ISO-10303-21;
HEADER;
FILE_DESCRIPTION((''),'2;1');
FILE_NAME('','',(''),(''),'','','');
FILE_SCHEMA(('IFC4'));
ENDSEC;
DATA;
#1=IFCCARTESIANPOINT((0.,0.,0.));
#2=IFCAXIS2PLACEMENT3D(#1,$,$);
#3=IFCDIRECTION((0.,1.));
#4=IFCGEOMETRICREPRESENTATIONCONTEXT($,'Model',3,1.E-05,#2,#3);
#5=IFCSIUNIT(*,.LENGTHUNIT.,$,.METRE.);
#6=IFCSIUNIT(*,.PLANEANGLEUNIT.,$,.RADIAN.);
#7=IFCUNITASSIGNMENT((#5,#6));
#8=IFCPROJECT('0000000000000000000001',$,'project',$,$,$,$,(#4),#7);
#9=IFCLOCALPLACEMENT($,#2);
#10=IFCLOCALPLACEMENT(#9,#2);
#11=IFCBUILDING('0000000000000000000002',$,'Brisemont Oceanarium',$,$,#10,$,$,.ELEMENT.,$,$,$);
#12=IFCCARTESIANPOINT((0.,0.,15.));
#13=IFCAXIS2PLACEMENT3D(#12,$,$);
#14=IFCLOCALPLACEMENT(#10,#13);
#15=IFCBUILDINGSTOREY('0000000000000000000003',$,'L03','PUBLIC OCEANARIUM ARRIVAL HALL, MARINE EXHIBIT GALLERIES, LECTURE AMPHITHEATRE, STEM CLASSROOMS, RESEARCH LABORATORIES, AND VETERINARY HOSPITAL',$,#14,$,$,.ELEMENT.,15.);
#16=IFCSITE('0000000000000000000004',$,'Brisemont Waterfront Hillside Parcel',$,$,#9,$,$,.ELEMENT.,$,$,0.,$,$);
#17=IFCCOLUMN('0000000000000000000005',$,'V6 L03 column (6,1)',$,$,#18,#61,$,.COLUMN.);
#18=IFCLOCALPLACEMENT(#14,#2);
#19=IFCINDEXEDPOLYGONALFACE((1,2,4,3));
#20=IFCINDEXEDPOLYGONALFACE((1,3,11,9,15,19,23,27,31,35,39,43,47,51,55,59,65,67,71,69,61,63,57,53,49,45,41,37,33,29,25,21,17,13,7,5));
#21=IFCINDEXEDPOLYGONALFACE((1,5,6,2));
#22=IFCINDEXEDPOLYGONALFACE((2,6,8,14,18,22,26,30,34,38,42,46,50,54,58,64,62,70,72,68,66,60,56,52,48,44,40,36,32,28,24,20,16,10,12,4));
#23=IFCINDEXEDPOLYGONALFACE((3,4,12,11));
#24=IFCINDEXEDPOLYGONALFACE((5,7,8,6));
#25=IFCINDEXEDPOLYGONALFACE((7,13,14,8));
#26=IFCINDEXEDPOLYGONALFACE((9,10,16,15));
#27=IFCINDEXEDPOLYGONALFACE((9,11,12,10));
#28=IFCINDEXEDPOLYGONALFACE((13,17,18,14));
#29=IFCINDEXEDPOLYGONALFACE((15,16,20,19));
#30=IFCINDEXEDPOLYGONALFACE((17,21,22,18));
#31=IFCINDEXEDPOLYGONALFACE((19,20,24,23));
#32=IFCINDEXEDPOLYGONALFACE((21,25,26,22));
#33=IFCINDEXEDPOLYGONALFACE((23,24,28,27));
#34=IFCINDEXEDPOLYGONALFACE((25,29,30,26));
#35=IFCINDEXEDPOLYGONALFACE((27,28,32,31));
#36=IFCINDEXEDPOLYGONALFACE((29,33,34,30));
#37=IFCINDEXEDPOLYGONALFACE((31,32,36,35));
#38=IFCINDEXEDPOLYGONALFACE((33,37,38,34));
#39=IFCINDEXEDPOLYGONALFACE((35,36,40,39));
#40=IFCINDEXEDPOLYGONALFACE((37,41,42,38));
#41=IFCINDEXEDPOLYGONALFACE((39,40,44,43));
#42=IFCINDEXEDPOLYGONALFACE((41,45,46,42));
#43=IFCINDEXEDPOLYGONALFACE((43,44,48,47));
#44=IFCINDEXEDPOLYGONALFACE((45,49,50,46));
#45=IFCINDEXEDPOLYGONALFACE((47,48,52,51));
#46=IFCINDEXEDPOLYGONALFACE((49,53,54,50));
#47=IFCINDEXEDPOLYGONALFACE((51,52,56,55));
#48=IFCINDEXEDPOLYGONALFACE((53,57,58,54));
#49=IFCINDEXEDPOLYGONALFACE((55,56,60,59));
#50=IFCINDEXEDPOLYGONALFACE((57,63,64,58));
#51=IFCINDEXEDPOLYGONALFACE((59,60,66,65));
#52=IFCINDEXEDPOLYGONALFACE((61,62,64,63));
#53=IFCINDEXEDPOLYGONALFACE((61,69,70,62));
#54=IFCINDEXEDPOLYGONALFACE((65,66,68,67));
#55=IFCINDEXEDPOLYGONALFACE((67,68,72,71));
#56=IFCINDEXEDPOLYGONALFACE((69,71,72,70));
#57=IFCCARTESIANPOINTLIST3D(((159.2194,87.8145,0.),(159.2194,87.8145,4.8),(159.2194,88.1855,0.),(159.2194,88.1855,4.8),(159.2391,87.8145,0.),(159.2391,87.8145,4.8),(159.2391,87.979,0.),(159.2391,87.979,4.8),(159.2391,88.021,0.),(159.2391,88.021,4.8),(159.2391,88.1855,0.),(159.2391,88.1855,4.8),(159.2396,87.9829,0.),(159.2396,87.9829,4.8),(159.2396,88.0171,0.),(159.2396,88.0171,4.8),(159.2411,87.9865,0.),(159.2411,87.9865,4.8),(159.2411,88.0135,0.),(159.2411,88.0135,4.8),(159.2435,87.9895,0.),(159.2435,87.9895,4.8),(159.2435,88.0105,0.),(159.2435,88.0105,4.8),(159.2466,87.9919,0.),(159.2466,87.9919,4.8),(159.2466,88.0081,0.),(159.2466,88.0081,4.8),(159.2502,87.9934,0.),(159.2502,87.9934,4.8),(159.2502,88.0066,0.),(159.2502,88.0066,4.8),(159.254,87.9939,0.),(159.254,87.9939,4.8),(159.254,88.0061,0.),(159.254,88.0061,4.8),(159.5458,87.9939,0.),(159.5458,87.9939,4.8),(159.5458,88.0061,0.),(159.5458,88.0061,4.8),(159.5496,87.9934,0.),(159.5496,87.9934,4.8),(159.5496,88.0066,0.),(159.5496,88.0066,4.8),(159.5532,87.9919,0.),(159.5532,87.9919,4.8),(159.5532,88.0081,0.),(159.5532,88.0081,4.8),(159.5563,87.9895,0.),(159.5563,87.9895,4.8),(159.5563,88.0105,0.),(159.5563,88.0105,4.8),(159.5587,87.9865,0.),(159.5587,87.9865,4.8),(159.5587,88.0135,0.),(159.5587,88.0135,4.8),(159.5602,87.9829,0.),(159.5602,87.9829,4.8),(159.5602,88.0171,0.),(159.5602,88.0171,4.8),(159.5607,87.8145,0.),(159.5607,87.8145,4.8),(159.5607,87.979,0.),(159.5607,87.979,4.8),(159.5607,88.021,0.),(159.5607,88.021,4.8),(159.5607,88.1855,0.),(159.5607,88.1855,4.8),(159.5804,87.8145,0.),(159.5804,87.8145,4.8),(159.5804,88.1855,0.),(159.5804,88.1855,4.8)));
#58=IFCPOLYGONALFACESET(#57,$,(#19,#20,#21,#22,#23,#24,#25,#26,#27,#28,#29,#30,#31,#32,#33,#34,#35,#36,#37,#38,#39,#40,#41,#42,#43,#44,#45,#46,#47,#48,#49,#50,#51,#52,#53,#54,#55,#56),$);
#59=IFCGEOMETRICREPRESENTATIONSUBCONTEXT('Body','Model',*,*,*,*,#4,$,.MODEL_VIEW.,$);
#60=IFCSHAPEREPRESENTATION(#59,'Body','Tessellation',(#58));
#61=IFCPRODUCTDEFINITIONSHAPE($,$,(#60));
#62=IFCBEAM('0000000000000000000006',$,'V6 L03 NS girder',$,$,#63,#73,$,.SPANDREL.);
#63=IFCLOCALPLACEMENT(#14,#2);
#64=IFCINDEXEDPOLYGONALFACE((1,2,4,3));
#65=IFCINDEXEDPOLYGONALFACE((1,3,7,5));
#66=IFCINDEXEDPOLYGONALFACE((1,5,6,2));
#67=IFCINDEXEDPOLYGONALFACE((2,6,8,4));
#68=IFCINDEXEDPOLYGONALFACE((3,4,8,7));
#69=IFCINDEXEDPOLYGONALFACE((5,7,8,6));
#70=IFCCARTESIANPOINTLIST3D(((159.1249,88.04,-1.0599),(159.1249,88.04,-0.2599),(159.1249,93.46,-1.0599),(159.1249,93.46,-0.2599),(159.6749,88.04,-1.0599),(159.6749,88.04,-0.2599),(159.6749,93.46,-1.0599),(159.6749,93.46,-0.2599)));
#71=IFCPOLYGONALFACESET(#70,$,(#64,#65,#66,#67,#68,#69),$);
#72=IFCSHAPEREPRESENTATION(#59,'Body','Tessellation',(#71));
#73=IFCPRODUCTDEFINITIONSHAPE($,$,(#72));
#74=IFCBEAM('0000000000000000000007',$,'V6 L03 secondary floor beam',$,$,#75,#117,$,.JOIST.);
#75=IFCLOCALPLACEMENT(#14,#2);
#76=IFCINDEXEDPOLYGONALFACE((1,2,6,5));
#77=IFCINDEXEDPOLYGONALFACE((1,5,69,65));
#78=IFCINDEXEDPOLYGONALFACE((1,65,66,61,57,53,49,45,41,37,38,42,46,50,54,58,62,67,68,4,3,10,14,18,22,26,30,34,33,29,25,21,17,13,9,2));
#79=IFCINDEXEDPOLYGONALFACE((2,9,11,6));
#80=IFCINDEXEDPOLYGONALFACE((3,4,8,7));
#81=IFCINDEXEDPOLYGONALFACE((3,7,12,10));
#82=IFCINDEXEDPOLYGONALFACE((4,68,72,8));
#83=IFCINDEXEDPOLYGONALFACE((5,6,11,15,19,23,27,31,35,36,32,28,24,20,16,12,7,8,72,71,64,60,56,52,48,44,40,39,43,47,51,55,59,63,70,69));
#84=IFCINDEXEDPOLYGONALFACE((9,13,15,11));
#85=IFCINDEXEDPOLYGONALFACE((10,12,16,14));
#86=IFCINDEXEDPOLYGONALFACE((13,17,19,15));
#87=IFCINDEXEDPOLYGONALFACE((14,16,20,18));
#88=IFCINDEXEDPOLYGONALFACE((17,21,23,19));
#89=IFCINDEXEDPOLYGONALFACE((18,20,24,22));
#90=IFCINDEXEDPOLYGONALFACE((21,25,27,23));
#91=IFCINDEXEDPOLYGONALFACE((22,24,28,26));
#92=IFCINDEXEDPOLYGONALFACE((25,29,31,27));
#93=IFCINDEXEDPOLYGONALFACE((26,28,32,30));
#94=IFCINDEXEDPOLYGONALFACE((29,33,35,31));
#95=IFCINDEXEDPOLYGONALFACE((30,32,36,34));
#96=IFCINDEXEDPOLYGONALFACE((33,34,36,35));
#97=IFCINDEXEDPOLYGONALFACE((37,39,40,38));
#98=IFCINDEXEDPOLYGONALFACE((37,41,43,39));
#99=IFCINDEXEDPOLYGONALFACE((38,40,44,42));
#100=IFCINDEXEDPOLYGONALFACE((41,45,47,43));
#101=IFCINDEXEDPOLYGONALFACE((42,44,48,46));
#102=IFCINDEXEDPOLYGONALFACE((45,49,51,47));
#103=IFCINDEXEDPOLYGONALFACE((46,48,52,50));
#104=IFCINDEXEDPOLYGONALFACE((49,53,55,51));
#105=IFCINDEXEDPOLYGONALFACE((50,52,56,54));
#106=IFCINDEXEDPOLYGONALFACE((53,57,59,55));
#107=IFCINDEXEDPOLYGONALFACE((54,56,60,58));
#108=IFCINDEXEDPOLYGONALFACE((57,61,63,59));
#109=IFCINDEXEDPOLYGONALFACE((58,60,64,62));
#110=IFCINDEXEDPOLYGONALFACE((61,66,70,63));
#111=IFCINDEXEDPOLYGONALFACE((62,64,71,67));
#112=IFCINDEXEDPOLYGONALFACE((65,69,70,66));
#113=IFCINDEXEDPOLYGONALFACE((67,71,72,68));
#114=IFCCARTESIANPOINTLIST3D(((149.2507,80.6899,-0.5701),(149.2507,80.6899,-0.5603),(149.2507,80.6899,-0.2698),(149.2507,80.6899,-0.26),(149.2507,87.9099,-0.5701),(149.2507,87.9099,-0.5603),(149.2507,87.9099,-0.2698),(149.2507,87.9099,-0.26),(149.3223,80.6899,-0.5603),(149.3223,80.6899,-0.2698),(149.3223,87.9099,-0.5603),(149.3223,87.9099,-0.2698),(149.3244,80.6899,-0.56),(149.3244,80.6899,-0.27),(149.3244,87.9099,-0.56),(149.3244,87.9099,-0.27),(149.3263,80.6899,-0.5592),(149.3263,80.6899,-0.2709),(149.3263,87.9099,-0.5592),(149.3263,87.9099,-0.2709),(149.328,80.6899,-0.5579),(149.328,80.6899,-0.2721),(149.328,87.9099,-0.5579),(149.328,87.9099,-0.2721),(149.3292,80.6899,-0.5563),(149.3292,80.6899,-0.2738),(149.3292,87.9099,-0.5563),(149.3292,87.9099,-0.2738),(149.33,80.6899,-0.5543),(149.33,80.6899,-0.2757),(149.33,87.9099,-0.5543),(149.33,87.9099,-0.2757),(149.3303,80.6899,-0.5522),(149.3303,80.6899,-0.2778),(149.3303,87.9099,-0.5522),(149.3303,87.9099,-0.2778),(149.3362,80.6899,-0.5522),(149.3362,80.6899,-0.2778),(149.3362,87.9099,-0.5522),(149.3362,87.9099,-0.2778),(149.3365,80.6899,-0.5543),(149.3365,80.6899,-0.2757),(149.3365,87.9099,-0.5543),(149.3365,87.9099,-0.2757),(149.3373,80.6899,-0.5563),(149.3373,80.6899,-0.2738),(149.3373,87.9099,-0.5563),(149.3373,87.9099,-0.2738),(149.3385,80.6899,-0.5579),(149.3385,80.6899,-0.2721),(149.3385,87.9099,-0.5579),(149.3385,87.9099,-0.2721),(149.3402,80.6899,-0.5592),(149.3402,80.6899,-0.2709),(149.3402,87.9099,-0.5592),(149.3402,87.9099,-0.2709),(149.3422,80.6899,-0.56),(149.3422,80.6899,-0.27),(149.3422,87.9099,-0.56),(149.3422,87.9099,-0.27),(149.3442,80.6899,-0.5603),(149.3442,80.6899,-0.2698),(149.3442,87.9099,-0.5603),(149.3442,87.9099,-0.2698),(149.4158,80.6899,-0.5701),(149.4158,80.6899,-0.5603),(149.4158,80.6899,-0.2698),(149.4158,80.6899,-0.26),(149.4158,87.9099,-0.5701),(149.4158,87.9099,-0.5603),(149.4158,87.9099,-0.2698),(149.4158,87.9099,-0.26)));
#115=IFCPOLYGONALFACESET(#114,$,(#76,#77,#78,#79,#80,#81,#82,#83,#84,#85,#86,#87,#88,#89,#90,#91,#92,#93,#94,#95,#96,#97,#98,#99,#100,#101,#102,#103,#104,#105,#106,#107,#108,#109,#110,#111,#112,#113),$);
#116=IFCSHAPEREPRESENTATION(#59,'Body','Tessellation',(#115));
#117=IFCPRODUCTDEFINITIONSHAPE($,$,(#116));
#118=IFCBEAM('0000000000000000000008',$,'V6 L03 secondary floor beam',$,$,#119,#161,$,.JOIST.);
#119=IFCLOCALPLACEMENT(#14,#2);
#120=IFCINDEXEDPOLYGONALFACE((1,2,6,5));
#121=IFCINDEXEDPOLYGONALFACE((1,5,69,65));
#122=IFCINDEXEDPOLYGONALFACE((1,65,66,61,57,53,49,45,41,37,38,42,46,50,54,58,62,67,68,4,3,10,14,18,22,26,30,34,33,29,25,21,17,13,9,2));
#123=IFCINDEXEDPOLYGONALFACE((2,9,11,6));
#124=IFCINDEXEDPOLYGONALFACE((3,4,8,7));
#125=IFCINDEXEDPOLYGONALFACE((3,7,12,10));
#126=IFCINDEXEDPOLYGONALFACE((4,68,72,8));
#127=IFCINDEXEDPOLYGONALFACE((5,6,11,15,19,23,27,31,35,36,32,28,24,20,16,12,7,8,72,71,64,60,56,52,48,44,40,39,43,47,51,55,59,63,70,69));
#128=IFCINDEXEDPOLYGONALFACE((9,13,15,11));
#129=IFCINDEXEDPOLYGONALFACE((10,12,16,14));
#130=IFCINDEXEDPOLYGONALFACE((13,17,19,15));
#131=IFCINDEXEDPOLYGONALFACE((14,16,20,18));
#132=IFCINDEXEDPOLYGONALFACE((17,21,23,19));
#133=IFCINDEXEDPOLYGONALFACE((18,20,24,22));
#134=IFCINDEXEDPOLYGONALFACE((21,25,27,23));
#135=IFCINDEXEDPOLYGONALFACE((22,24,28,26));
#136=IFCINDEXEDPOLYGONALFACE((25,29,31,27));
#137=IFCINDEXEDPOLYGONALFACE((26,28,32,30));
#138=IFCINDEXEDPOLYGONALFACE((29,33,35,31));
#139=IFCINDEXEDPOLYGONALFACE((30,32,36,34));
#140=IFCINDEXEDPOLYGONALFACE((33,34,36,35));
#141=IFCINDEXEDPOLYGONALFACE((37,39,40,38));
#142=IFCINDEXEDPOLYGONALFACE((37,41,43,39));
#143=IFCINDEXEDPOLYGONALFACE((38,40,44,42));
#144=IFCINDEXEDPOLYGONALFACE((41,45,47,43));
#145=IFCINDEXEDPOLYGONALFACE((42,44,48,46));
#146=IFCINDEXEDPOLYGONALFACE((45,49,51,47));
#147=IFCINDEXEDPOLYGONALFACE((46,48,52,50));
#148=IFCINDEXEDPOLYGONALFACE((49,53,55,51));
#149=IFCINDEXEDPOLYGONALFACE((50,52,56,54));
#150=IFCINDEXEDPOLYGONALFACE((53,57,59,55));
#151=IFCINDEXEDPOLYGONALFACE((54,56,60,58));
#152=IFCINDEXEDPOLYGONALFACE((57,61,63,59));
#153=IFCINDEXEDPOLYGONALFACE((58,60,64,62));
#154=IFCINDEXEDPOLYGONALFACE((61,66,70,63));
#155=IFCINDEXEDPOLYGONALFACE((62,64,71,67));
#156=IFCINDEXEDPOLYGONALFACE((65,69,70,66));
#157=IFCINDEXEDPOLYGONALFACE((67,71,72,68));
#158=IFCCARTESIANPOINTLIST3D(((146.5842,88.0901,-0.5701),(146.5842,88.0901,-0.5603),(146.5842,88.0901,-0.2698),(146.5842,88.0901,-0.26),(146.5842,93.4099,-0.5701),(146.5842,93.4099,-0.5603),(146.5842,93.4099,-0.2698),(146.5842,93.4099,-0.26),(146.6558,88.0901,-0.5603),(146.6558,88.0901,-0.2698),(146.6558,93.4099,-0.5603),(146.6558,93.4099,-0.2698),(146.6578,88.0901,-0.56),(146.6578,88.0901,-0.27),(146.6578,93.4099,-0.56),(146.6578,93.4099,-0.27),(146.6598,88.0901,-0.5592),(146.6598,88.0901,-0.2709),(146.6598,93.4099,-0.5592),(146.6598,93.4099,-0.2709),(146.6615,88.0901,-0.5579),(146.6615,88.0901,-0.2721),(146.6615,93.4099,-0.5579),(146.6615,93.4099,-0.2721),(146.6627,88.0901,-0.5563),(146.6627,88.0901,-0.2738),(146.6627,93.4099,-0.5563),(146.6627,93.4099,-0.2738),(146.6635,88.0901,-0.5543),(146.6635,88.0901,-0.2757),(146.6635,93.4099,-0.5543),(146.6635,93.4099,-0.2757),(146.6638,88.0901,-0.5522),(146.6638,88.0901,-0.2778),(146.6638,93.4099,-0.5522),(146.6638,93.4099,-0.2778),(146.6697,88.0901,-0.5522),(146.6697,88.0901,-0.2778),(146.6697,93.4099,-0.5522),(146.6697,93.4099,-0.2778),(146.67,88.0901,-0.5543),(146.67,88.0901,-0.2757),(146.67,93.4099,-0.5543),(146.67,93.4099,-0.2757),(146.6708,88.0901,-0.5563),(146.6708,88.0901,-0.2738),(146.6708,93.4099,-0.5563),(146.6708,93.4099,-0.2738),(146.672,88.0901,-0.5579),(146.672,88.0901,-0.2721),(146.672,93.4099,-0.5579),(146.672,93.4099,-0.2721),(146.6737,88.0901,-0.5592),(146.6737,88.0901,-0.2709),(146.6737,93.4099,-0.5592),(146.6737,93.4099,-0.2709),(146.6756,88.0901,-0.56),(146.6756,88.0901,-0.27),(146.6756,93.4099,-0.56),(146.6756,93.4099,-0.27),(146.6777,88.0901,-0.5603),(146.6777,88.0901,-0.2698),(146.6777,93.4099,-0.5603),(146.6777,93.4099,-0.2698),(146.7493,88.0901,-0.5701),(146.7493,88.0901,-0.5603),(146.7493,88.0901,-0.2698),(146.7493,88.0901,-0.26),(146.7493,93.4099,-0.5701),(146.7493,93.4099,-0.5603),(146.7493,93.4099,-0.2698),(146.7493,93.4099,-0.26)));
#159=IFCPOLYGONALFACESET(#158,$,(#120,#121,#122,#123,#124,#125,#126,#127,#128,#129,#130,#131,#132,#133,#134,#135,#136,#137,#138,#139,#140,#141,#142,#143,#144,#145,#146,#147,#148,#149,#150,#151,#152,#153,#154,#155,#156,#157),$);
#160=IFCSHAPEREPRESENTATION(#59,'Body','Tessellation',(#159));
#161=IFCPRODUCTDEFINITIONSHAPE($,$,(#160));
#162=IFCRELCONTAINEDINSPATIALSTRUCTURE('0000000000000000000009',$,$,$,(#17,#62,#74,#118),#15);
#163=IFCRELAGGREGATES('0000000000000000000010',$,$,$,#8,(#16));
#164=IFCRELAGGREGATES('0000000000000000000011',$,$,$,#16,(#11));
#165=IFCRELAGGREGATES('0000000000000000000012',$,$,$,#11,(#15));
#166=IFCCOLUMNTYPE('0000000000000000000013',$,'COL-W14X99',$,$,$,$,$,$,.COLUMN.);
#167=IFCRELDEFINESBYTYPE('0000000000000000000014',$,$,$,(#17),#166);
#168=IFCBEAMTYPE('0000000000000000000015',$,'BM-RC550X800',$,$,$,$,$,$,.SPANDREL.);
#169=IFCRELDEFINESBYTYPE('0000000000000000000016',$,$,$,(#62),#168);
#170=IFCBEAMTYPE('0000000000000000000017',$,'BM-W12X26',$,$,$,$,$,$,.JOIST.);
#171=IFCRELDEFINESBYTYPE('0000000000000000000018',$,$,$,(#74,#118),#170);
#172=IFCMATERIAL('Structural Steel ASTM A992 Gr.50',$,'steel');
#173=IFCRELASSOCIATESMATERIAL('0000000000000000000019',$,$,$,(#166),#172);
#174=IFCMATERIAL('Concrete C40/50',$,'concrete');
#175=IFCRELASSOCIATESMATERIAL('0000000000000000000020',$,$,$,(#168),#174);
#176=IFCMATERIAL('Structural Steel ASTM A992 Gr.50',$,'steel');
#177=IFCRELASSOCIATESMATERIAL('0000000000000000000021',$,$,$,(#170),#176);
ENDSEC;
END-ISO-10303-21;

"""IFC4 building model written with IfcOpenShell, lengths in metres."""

from ifc_helpers import new_model, si_unit, direction, frame, origin, origin_2d, place, context, subcontext, project, spatial, rectangle, i_section, extrude, material, material_profile, profile_set, type_object, element, save


model = new_model("IFC4")

# Units and contexts
model_context = context("Model", 3, precision=1e-05, world=origin(), true_north=direction((0.0, 1.0)))
body_context = subcontext(model_context, "Body", "Model", "MODEL_VIEW")
ifc_project = project(units=[si_unit("LENGTHUNIT", "METRE"), si_unit("PLANEANGLEUNIT", "RADIAN")], contexts=[model_context])

# Site, building, storey
site_placement = place(None, origin())
site = spatial("IfcSite", under=ifc_project, at=site_placement, Name="Brisemont Waterfront Hillside Parcel", CompositionType="ELEMENT", RefElevation=0.0)
building_placement = place(site_placement, origin())
building = spatial("IfcBuilding", under=site, at=building_placement, Name="Brisemont Oceanarium", CompositionType="ELEMENT")
storey_placement = place(building_placement, frame((0.0, 0.0, 15.0)))
storey = spatial("IfcBuildingStorey", under=building, at=storey_placement, Name="L03", Description="PUBLIC OCEANARIUM ARRIVAL HALL, MARINE EXHIBIT GALLERIES, LECTURE AMPHITHEATRE, STEM CLASSROOMS, RESEARCH LABORATORIES, AND VETERINARY HOSPITAL", CompositionType="ELEMENT", Elevation=15.0)

# Column
ifc_material_1 = material(Name="Structural Steel ASTM A992 Gr.50", Category="steel")
ifc_material_profile_1 = material_profile(ifc_material_1, i_section(OverallWidth=0.3711, OverallDepth=0.3611, WebThickness=0.0122, FlangeThickness=0.0198, FilletRadius=0.0149, at=origin_2d()), Name="W14X99")
ifc_profile_set_1 = profile_set([ifc_material_profile_1], Name="Structural Steel ASTM A992 Gr.50")
column_type_1 = type_object("IfcColumnType", Name="COL-W14X99", PredefinedType="COLUMN", material=ifc_profile_set_1)
column_1_placement = place(storey_placement, frame((159.3999, 88.0, 0.0), z_axis=(0.0, 0.0, 1.0), x_axis=(0.0, 1.0, 0.0)))
element("IfcColumn", 1, at=column_1_placement, inside=storey, type_object=column_type_1, Name="V6 L03 column (6,1)", PredefinedType="COLUMN", context=body_context, shape_type="SweptSolid", body=[
    extrude(i_section(OverallWidth=0.3711, OverallDepth=0.3611, WebThickness=0.0122, FlangeThickness=0.0198, FilletRadius=0.0149, at=origin_2d()), origin(), (0.0, 0.0, 1.0), 4.8),
])

# Beams
ifc_material_2 = material(Name="Concrete C40/50", Category="concrete")
ifc_material_profile_2 = material_profile(ifc_material_2, rectangle(XDim=0.55, YDim=0.8, at=origin_2d()), Name="RC-BM-550X800")
ifc_profile_set_2 = profile_set([ifc_material_profile_2], Name="Concrete C40/50")
beam_type_1 = type_object("IfcBeamType", Name="BM-RC550X800", PredefinedType="SPANDREL", material=ifc_profile_set_2)
beam_1_placement = place(storey_placement, frame((159.3999, 88.04, -0.6599), z_axis=(0.0, 1.0, 0.0), x_axis=(-1.0, 0.0, 0.0)))
element("IfcBeam", 2, at=beam_1_placement, inside=storey, type_object=beam_type_1, Name="V6 L03 NS girder", PredefinedType="SPANDREL", context=body_context, shape_type="SweptSolid", body=[
    extrude(rectangle(XDim=0.55, YDim=0.8, at=origin_2d()), origin(), (0.0, 0.0, 1.0), 5.4199),
])
ifc_material_3 = material(Name="Structural Steel ASTM A992 Gr.50", Category="steel")
ifc_material_profile_3 = material_profile(ifc_material_3, i_section(OverallWidth=0.165, OverallDepth=0.3101, WebThickness=0.0059, FlangeThickness=0.0098, FilletRadius=0.0081, at=origin_2d()), Name="W12X26")
ifc_profile_set_3 = profile_set([ifc_material_profile_3], Name="Structural Steel ASTM A992 Gr.50")
beam_type_2 = type_object("IfcBeamType", Name="BM-W12X26", PredefinedType="JOIST", material=ifc_profile_set_3)
beam_2_placement = place(storey_placement, frame((149.3333, 80.6899, -0.415), z_axis=(0.0, 1.0, 0.0), x_axis=(-1.0, 0.0, 0.0)))
element("IfcBeam", 3, at=beam_2_placement, inside=storey, type_object=beam_type_2, Name="V6 L03 secondary floor beam", PredefinedType="JOIST", context=body_context, shape_type="SweptSolid", body=[
    extrude(i_section(OverallWidth=0.165, OverallDepth=0.3101, WebThickness=0.0059, FlangeThickness=0.0098, FilletRadius=0.0081, at=origin_2d()), origin(), (0.0, 0.0, 1.0), 7.22),
])
beam_3_placement = place(storey_placement, frame((146.6667, 88.0901, -0.415), z_axis=(0.0, 1.0, 0.0), x_axis=(-1.0, 0.0, 0.0)))
element("IfcBeam", 4, at=beam_3_placement, inside=storey, type_object=beam_type_2, Name="V6 L03 secondary floor beam", PredefinedType="JOIST", context=body_context, shape_type="SweptSolid", body=[
    extrude(i_section(OverallWidth=0.165, OverallDepth=0.3101, WebThickness=0.0059, FlangeThickness=0.0098, FilletRadius=0.0081, at=origin_2d()), origin(), (0.0, 0.0, 1.0), 5.3198),
])

save(model, "model.ifc")
